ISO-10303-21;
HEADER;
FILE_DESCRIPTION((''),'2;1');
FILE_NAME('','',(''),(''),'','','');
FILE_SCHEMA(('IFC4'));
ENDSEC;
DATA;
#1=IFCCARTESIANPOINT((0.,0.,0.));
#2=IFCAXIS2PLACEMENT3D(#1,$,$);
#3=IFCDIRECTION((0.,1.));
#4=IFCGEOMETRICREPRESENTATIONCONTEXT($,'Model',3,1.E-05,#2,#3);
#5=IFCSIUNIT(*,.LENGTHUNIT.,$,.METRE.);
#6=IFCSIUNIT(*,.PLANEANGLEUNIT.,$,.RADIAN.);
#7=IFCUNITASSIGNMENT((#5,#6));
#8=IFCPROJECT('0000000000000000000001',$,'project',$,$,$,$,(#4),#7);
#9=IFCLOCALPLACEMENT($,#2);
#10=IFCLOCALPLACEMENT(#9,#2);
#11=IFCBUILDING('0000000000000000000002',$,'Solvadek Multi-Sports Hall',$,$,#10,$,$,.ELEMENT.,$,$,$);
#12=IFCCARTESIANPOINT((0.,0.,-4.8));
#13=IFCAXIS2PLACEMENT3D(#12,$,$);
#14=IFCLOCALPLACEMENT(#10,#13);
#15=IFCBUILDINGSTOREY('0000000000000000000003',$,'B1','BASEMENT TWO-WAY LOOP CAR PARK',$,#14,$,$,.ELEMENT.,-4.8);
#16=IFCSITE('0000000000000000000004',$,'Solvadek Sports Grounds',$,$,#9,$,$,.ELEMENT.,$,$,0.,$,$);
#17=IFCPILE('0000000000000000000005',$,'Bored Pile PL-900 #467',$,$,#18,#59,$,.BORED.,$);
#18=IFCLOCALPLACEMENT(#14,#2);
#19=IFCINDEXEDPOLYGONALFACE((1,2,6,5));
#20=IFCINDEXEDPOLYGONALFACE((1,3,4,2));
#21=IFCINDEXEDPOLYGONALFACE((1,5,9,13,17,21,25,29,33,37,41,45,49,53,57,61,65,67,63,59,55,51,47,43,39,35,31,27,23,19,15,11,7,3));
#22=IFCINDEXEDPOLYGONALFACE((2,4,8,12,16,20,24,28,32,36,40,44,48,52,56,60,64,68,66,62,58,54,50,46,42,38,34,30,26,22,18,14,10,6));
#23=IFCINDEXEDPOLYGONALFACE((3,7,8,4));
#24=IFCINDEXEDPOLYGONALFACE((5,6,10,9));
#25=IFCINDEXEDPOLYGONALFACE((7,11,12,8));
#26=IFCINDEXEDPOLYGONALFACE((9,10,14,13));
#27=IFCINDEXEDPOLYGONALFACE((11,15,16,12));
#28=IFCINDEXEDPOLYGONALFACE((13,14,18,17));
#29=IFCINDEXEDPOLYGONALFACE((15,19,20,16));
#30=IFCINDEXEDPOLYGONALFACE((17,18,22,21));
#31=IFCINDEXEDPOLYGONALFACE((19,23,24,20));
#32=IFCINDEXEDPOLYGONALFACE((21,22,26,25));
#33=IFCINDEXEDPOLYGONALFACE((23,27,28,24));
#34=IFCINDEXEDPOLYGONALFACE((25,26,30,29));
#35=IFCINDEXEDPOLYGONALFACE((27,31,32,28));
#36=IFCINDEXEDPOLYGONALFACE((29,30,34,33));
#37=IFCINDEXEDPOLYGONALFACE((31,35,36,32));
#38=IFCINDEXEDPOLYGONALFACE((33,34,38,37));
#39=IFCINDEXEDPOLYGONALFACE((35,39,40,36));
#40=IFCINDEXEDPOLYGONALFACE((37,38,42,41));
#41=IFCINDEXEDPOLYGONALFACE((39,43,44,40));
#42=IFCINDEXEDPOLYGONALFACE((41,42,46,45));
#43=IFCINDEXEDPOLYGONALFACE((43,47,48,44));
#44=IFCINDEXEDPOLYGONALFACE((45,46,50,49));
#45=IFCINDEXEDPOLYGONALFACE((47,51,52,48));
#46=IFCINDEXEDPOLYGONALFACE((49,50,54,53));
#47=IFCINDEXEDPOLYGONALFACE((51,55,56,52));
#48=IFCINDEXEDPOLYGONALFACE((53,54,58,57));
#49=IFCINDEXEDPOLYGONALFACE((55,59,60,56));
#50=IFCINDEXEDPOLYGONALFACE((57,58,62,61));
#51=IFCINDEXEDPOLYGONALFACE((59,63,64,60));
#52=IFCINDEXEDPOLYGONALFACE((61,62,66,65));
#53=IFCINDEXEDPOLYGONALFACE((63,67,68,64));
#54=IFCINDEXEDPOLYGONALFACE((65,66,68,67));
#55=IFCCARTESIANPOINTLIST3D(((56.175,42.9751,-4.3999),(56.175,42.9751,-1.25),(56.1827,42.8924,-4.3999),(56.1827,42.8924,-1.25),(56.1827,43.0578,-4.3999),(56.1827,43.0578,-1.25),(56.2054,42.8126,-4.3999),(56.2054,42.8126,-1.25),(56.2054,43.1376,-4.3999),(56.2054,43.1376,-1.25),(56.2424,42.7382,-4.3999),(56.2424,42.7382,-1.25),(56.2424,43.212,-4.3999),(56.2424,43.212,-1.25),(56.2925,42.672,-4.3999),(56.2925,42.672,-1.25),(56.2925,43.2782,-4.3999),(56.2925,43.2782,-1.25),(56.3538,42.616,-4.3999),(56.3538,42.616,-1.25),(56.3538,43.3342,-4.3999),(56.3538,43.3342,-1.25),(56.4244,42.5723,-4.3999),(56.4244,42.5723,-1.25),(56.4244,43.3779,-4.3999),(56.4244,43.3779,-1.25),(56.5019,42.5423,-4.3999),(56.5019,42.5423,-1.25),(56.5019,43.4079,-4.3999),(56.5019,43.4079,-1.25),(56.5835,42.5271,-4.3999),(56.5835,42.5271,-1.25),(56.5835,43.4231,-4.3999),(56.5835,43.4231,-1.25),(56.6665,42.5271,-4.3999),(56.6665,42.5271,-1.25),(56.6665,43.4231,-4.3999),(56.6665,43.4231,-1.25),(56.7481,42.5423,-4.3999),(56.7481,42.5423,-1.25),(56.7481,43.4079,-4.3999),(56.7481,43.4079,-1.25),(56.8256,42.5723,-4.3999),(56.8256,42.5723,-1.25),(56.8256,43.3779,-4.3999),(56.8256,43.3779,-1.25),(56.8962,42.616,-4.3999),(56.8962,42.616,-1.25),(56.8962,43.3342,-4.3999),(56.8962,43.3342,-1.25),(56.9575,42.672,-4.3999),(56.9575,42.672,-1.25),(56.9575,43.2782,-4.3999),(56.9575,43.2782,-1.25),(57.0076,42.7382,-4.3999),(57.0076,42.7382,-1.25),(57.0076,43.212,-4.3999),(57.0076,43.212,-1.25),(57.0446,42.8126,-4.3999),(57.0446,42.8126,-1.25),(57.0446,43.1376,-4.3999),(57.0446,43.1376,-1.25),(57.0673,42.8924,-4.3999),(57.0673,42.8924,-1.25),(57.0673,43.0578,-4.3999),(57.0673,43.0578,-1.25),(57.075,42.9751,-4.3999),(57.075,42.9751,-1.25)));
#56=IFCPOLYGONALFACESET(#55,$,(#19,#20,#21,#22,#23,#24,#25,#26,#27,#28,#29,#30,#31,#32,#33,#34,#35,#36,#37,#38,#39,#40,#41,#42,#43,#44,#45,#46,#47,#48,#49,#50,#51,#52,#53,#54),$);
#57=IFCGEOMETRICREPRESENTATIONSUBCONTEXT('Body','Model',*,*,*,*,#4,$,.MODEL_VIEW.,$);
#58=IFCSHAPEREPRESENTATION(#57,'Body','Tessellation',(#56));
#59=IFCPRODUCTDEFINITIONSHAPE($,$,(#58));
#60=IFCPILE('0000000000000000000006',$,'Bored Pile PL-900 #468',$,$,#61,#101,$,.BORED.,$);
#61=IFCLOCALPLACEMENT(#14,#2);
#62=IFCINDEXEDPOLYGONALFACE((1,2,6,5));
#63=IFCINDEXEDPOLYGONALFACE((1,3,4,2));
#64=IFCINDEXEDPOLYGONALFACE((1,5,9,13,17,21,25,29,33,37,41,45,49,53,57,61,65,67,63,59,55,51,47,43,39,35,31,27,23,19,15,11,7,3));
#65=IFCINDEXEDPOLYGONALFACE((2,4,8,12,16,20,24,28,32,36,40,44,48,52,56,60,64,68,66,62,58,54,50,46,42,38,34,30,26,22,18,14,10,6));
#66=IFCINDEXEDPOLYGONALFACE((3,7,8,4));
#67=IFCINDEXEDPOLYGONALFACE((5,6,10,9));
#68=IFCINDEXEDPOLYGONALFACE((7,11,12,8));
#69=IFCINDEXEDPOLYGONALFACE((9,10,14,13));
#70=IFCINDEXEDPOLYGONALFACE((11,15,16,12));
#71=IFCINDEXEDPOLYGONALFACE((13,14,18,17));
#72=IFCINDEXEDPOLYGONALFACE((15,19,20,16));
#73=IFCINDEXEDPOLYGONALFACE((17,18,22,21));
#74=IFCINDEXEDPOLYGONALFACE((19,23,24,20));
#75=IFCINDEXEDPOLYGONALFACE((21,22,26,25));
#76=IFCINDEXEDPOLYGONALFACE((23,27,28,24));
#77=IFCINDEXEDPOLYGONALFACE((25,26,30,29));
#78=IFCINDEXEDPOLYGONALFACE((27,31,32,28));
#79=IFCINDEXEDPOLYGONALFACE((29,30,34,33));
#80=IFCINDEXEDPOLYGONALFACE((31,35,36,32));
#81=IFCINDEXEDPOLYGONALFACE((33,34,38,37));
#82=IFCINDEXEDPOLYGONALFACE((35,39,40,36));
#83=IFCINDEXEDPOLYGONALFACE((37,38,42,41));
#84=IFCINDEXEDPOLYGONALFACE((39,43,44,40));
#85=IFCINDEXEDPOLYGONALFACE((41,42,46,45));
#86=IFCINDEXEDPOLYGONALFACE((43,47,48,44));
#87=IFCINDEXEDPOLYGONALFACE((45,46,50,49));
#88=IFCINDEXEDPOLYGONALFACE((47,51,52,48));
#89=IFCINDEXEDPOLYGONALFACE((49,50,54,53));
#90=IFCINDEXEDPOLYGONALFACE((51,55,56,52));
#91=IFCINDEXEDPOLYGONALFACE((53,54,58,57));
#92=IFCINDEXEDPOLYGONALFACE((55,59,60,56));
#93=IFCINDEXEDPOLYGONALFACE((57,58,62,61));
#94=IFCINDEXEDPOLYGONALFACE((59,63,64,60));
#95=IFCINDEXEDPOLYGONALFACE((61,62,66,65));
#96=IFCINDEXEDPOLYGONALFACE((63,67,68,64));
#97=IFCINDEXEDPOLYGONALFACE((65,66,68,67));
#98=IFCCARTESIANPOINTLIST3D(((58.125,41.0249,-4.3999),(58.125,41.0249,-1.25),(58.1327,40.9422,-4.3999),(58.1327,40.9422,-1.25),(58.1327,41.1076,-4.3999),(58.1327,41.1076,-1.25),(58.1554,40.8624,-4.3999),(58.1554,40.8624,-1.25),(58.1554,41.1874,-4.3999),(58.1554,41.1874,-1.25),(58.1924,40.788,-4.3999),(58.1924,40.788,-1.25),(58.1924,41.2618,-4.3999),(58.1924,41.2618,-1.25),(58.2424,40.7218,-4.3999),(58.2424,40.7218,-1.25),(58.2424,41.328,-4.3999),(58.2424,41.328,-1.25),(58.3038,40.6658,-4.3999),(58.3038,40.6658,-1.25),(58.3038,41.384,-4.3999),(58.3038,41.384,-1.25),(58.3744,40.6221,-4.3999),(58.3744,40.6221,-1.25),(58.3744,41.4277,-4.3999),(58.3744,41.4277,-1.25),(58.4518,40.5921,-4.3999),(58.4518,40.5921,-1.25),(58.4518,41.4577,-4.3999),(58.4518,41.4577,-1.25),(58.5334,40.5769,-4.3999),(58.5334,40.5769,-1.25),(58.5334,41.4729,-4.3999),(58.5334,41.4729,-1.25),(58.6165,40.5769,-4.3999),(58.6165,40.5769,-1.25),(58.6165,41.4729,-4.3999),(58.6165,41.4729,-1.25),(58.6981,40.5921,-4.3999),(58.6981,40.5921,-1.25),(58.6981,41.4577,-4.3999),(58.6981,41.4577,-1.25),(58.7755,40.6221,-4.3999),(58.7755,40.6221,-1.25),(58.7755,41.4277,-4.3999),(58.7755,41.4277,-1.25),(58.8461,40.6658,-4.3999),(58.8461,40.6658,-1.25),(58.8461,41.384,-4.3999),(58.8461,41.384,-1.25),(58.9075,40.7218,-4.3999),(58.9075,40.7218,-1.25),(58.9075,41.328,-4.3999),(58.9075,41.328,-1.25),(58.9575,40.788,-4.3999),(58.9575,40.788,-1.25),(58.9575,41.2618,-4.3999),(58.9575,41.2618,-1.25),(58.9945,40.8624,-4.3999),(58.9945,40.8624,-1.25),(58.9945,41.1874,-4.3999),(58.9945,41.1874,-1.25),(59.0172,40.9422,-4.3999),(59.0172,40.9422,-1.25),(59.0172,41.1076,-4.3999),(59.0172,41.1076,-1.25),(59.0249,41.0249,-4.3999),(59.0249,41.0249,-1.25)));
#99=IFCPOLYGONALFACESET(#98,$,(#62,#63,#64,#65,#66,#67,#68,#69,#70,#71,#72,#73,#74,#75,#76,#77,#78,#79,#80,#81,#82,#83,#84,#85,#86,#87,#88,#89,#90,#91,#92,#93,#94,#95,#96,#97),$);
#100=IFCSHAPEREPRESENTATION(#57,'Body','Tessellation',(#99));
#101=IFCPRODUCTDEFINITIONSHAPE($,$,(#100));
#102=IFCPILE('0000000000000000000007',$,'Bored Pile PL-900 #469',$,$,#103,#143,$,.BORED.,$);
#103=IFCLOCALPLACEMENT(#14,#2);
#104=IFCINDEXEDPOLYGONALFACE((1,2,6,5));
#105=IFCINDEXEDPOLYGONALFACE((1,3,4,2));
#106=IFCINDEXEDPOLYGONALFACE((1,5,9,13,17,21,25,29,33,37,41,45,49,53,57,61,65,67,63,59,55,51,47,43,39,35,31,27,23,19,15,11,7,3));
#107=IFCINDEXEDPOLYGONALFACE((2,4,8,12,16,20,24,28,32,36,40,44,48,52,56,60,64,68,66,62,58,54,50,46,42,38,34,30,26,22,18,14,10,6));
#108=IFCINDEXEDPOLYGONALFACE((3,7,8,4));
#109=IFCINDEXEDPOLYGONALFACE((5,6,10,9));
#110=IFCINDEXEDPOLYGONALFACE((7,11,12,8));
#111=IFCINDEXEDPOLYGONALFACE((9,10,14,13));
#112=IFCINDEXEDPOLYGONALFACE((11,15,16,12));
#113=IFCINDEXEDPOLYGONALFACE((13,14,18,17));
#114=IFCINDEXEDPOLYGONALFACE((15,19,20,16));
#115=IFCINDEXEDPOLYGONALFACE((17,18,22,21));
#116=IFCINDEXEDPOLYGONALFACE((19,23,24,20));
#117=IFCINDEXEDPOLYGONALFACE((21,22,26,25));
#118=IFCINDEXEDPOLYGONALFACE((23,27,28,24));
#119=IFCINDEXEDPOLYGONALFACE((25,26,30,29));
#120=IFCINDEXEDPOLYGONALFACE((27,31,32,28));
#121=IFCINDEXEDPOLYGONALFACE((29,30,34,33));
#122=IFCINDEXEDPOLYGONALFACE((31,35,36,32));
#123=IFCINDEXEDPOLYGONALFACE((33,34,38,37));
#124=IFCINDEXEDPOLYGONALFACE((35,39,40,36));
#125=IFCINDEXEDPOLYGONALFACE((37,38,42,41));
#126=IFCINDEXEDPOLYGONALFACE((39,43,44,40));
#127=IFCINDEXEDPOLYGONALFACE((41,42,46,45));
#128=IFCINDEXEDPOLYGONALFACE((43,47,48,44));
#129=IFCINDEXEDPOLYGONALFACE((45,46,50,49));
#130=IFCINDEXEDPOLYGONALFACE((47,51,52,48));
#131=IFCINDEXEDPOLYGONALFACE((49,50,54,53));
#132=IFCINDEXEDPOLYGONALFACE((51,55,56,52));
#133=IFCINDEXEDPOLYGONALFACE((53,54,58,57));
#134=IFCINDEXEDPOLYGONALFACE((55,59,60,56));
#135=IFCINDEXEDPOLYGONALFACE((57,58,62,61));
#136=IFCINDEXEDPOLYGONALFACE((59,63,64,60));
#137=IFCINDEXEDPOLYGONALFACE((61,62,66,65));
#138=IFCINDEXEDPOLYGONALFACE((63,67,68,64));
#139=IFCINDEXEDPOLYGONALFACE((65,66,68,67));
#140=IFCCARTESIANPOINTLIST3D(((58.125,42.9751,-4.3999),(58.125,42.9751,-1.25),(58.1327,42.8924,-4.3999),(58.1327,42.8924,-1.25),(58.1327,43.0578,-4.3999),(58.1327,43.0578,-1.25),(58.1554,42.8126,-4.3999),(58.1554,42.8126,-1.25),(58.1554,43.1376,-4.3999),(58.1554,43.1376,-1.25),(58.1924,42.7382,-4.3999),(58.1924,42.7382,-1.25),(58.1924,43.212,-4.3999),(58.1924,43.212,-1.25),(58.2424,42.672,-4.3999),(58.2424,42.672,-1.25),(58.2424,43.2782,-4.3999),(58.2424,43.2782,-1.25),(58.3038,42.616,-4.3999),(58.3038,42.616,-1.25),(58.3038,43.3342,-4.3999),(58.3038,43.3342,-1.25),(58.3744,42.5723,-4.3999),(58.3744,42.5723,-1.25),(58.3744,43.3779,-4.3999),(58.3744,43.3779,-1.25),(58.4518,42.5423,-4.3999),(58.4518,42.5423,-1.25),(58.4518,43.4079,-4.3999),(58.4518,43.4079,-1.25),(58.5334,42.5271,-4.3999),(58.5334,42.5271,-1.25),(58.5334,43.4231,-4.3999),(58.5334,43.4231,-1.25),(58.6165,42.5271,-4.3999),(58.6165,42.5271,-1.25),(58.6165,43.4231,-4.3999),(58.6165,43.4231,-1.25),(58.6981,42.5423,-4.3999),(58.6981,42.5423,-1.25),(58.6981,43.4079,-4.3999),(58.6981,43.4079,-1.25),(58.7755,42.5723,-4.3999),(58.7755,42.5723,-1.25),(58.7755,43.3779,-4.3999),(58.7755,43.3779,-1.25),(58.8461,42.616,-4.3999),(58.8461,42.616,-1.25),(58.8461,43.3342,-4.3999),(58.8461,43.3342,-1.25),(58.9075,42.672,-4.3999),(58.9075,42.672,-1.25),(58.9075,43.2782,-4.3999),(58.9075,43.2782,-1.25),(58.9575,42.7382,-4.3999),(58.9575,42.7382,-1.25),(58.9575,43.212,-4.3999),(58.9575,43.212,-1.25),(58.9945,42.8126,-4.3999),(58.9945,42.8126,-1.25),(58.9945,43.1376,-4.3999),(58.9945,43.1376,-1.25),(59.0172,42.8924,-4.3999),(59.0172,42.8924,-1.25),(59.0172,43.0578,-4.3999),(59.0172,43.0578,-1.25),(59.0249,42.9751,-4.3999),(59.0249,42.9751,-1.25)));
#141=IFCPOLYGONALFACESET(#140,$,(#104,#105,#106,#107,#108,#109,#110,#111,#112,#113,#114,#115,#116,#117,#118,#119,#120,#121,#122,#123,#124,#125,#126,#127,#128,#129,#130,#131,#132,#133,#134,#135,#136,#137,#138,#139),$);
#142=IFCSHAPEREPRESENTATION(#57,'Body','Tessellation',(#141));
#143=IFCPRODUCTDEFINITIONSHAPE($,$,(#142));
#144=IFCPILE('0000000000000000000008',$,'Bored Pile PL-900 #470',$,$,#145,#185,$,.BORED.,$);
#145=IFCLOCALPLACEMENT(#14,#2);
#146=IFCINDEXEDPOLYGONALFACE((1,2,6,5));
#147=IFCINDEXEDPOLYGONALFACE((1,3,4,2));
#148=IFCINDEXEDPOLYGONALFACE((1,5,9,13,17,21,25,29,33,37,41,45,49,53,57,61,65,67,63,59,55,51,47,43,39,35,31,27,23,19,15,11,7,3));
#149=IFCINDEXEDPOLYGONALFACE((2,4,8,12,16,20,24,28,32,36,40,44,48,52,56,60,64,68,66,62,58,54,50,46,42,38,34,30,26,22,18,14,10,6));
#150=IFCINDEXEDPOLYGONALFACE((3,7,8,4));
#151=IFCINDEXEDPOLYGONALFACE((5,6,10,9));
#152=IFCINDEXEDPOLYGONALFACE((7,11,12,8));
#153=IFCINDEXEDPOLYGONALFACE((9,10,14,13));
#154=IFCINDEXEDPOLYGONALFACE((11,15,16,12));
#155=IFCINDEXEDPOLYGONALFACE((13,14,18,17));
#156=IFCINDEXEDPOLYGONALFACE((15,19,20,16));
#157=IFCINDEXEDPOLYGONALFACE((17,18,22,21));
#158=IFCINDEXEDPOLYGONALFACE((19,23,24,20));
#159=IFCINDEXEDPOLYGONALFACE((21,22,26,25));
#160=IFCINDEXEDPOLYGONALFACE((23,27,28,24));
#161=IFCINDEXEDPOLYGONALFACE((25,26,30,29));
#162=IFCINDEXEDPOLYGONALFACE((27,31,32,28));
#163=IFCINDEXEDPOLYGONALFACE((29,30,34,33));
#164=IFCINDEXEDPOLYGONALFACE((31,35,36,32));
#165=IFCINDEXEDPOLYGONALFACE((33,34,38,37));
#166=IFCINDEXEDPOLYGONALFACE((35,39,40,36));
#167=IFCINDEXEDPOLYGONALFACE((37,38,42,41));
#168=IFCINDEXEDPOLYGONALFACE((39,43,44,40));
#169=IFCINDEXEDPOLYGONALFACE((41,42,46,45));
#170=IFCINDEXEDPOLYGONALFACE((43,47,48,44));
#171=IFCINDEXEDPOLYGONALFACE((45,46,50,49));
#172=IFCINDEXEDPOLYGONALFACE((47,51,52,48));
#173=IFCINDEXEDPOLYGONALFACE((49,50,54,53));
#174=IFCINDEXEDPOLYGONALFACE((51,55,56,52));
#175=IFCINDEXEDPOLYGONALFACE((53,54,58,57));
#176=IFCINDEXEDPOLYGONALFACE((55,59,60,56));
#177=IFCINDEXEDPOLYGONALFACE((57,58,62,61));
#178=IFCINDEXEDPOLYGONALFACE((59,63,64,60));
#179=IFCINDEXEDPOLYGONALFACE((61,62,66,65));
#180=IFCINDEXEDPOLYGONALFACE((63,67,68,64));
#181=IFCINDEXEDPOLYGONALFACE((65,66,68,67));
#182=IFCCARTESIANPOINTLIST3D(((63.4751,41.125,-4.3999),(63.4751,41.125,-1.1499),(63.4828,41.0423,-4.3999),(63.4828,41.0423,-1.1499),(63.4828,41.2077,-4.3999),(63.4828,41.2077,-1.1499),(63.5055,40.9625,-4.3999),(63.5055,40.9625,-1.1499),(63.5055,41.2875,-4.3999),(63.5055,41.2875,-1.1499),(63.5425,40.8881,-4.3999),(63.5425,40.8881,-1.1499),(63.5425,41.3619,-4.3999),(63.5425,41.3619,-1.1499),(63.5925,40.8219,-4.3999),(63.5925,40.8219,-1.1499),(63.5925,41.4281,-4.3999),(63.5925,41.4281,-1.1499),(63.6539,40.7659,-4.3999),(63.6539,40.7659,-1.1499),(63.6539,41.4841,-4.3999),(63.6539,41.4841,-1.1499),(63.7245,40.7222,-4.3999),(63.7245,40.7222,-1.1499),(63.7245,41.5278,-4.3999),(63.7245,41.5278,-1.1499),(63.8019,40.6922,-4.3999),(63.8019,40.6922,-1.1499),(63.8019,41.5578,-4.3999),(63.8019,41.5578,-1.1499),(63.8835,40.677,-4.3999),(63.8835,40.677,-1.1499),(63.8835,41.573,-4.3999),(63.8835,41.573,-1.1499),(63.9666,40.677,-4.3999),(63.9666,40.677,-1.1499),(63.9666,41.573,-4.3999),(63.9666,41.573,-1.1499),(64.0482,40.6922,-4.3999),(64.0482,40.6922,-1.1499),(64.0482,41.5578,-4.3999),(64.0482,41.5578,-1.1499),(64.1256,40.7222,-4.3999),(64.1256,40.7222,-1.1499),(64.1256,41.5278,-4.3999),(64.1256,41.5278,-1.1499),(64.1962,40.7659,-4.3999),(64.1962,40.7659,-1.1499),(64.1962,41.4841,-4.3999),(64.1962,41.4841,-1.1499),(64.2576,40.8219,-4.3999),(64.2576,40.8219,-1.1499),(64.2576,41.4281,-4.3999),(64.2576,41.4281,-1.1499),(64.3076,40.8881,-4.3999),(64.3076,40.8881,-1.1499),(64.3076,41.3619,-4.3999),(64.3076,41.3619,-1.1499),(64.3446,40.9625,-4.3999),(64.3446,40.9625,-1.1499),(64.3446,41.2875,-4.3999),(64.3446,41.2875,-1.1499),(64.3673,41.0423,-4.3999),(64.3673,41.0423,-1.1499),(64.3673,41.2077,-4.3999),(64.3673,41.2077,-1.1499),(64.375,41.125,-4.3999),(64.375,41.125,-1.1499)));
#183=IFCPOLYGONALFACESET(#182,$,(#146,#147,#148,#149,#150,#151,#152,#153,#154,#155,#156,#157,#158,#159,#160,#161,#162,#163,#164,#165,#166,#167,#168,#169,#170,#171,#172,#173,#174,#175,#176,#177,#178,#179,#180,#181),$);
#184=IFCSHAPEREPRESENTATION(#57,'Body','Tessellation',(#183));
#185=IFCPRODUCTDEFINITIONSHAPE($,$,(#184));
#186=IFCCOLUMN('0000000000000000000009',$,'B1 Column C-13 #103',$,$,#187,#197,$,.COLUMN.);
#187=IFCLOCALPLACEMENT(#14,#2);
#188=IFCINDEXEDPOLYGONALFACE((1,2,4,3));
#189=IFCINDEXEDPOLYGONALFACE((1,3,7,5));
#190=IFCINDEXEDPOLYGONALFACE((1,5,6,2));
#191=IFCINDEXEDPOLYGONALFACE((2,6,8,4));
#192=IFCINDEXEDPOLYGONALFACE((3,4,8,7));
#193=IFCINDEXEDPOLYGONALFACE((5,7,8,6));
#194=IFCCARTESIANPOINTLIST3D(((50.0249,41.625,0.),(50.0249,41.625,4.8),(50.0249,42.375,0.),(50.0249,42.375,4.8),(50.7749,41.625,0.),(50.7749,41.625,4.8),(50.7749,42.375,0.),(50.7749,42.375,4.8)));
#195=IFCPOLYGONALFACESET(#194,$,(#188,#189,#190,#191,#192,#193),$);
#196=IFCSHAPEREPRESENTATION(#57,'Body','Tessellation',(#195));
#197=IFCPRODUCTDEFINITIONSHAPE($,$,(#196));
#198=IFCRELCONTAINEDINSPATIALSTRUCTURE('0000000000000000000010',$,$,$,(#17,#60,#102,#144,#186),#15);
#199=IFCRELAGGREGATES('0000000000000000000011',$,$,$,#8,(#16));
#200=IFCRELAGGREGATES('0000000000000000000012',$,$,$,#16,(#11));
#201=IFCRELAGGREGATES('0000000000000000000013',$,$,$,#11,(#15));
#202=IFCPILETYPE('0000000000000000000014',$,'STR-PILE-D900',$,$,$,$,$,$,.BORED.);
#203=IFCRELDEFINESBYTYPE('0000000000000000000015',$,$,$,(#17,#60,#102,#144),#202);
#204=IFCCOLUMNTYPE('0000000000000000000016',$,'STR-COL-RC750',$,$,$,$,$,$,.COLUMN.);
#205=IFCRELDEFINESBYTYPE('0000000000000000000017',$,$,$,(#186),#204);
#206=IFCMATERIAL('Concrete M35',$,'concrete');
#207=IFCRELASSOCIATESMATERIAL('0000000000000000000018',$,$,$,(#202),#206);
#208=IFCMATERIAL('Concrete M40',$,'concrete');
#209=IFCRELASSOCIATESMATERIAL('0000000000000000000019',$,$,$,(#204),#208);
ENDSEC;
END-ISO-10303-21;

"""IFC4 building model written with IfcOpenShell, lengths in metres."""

from ifc_helpers import new_model, si_unit, direction, frame, origin, origin_2d, place, context, subcontext, project, spatial, rectangle, circle, extrude, material, material_profile, profile_set, type_object, element, save


model = new_model("IFC4")

# Units and contexts
model_context = context("Model", 3, precision=1e-05, world=origin(), true_north=direction((0.0, 1.0)))
body_context = subcontext(model_context, "Body", "Model", "MODEL_VIEW")
ifc_project = project(units=[si_unit("LENGTHUNIT", "METRE"), si_unit("PLANEANGLEUNIT", "RADIAN")], contexts=[model_context])

# Site, building, storey
site_placement = place(None, origin())
site = spatial("IfcSite", under=ifc_project, at=site_placement, Name="Solvadek Sports Grounds", CompositionType="ELEMENT", RefElevation=0.0)
building_placement = place(site_placement, origin())
building = spatial("IfcBuilding", under=site, at=building_placement, Name="Solvadek Multi-Sports Hall", CompositionType="ELEMENT")
storey_placement = place(building_placement, frame((0.0, 0.0, -4.8)))
storey = spatial("IfcBuildingStorey", under=building, at=storey_placement, Name="B1", Description="BASEMENT TWO-WAY LOOP CAR PARK", CompositionType="ELEMENT", Elevation=-4.8)

# Shared definitions
ifc_material_1 = material(Name="Concrete M40", Category="concrete")

# Piles
ifc_material_2 = material(Name="Concrete M35", Category="concrete")
ifc_material_profile_1 = material_profile(ifc_material_2, circle(Radius=0.45, at=origin_2d()), Name="BORED PILE D900")
ifc_profile_set_1 = profile_set([ifc_material_profile_1], Name="Concrete M35")
pile_type_1 = type_object("IfcPileType", Name="STR-PILE-D900", PredefinedType="BORED", material=ifc_profile_set_1)
for number, where, z_axis, x_axis, name in (
    (1, (56.625, 42.9751, -1.25), (0.0, 0.0, -1.0), (1.0, 0.0, 0.0), "Bored Pile PL-900 #467"),
    (2, (58.575, 41.0249, -1.25), (0.0, 0.0, -1.0), (1.0, 0.0, 0.0), "Bored Pile PL-900 #468"),
    (3, (58.575, 42.9751, -1.25), (0.0, 0.0, -1.0), (1.0, 0.0, 0.0), "Bored Pile PL-900 #469"),
):
    element("IfcPile", number, at=place(storey_placement, frame(where, z_axis=z_axis, x_axis=x_axis)), inside=storey, type_object=pile_type_1, Name=name, PredefinedType="BORED", context=body_context, shape_type="SweptSolid", body=[
        extrude(circle(Radius=0.45, at=origin_2d()), origin(), (0.0, 0.0, 1.0), 3.1499),
    ])
pile_1_placement = place(storey_placement, frame((63.925, 41.125, -1.1499), z_axis=(0.0, 0.0, -1.0), x_axis=(1.0, 0.0, 0.0)))
element("IfcPile", 4, at=pile_1_placement, inside=storey, type_object=pile_type_1, Name="Bored Pile PL-900 #470", PredefinedType="BORED", context=body_context, shape_type="SweptSolid", body=[
    extrude(circle(Radius=0.45, at=origin_2d()), origin(), (0.0, 0.0, 1.0), 3.25),
])

# Column
ifc_material_profile_2 = material_profile(ifc_material_1, rectangle(XDim=0.75, YDim=0.75, at=origin_2d()), Name="RC 750x750")
ifc_profile_set_2 = profile_set([ifc_material_profile_2], Name="Concrete M40")
column_type_1 = type_object("IfcColumnType", Name="STR-COL-RC750", PredefinedType="COLUMN", material=ifc_profile_set_2)
column_placement = place(storey_placement, frame((50.3999, 42.0, 0.0), z_axis=(0.0, 0.0, 1.0), x_axis=(1.0, 0.0, 0.0)))
element("IfcColumn", 5, at=column_placement, inside=storey, type_object=column_type_1, Name="B1 Column C-13 #103", PredefinedType="COLUMN", context=body_context, shape_type="SweptSolid", body=[
    extrude(rectangle(XDim=0.75, YDim=0.75, at=origin_2d()), origin(), (0.0, 0.0, 1.0), 4.8),
])

save(model, "model.ifc")
